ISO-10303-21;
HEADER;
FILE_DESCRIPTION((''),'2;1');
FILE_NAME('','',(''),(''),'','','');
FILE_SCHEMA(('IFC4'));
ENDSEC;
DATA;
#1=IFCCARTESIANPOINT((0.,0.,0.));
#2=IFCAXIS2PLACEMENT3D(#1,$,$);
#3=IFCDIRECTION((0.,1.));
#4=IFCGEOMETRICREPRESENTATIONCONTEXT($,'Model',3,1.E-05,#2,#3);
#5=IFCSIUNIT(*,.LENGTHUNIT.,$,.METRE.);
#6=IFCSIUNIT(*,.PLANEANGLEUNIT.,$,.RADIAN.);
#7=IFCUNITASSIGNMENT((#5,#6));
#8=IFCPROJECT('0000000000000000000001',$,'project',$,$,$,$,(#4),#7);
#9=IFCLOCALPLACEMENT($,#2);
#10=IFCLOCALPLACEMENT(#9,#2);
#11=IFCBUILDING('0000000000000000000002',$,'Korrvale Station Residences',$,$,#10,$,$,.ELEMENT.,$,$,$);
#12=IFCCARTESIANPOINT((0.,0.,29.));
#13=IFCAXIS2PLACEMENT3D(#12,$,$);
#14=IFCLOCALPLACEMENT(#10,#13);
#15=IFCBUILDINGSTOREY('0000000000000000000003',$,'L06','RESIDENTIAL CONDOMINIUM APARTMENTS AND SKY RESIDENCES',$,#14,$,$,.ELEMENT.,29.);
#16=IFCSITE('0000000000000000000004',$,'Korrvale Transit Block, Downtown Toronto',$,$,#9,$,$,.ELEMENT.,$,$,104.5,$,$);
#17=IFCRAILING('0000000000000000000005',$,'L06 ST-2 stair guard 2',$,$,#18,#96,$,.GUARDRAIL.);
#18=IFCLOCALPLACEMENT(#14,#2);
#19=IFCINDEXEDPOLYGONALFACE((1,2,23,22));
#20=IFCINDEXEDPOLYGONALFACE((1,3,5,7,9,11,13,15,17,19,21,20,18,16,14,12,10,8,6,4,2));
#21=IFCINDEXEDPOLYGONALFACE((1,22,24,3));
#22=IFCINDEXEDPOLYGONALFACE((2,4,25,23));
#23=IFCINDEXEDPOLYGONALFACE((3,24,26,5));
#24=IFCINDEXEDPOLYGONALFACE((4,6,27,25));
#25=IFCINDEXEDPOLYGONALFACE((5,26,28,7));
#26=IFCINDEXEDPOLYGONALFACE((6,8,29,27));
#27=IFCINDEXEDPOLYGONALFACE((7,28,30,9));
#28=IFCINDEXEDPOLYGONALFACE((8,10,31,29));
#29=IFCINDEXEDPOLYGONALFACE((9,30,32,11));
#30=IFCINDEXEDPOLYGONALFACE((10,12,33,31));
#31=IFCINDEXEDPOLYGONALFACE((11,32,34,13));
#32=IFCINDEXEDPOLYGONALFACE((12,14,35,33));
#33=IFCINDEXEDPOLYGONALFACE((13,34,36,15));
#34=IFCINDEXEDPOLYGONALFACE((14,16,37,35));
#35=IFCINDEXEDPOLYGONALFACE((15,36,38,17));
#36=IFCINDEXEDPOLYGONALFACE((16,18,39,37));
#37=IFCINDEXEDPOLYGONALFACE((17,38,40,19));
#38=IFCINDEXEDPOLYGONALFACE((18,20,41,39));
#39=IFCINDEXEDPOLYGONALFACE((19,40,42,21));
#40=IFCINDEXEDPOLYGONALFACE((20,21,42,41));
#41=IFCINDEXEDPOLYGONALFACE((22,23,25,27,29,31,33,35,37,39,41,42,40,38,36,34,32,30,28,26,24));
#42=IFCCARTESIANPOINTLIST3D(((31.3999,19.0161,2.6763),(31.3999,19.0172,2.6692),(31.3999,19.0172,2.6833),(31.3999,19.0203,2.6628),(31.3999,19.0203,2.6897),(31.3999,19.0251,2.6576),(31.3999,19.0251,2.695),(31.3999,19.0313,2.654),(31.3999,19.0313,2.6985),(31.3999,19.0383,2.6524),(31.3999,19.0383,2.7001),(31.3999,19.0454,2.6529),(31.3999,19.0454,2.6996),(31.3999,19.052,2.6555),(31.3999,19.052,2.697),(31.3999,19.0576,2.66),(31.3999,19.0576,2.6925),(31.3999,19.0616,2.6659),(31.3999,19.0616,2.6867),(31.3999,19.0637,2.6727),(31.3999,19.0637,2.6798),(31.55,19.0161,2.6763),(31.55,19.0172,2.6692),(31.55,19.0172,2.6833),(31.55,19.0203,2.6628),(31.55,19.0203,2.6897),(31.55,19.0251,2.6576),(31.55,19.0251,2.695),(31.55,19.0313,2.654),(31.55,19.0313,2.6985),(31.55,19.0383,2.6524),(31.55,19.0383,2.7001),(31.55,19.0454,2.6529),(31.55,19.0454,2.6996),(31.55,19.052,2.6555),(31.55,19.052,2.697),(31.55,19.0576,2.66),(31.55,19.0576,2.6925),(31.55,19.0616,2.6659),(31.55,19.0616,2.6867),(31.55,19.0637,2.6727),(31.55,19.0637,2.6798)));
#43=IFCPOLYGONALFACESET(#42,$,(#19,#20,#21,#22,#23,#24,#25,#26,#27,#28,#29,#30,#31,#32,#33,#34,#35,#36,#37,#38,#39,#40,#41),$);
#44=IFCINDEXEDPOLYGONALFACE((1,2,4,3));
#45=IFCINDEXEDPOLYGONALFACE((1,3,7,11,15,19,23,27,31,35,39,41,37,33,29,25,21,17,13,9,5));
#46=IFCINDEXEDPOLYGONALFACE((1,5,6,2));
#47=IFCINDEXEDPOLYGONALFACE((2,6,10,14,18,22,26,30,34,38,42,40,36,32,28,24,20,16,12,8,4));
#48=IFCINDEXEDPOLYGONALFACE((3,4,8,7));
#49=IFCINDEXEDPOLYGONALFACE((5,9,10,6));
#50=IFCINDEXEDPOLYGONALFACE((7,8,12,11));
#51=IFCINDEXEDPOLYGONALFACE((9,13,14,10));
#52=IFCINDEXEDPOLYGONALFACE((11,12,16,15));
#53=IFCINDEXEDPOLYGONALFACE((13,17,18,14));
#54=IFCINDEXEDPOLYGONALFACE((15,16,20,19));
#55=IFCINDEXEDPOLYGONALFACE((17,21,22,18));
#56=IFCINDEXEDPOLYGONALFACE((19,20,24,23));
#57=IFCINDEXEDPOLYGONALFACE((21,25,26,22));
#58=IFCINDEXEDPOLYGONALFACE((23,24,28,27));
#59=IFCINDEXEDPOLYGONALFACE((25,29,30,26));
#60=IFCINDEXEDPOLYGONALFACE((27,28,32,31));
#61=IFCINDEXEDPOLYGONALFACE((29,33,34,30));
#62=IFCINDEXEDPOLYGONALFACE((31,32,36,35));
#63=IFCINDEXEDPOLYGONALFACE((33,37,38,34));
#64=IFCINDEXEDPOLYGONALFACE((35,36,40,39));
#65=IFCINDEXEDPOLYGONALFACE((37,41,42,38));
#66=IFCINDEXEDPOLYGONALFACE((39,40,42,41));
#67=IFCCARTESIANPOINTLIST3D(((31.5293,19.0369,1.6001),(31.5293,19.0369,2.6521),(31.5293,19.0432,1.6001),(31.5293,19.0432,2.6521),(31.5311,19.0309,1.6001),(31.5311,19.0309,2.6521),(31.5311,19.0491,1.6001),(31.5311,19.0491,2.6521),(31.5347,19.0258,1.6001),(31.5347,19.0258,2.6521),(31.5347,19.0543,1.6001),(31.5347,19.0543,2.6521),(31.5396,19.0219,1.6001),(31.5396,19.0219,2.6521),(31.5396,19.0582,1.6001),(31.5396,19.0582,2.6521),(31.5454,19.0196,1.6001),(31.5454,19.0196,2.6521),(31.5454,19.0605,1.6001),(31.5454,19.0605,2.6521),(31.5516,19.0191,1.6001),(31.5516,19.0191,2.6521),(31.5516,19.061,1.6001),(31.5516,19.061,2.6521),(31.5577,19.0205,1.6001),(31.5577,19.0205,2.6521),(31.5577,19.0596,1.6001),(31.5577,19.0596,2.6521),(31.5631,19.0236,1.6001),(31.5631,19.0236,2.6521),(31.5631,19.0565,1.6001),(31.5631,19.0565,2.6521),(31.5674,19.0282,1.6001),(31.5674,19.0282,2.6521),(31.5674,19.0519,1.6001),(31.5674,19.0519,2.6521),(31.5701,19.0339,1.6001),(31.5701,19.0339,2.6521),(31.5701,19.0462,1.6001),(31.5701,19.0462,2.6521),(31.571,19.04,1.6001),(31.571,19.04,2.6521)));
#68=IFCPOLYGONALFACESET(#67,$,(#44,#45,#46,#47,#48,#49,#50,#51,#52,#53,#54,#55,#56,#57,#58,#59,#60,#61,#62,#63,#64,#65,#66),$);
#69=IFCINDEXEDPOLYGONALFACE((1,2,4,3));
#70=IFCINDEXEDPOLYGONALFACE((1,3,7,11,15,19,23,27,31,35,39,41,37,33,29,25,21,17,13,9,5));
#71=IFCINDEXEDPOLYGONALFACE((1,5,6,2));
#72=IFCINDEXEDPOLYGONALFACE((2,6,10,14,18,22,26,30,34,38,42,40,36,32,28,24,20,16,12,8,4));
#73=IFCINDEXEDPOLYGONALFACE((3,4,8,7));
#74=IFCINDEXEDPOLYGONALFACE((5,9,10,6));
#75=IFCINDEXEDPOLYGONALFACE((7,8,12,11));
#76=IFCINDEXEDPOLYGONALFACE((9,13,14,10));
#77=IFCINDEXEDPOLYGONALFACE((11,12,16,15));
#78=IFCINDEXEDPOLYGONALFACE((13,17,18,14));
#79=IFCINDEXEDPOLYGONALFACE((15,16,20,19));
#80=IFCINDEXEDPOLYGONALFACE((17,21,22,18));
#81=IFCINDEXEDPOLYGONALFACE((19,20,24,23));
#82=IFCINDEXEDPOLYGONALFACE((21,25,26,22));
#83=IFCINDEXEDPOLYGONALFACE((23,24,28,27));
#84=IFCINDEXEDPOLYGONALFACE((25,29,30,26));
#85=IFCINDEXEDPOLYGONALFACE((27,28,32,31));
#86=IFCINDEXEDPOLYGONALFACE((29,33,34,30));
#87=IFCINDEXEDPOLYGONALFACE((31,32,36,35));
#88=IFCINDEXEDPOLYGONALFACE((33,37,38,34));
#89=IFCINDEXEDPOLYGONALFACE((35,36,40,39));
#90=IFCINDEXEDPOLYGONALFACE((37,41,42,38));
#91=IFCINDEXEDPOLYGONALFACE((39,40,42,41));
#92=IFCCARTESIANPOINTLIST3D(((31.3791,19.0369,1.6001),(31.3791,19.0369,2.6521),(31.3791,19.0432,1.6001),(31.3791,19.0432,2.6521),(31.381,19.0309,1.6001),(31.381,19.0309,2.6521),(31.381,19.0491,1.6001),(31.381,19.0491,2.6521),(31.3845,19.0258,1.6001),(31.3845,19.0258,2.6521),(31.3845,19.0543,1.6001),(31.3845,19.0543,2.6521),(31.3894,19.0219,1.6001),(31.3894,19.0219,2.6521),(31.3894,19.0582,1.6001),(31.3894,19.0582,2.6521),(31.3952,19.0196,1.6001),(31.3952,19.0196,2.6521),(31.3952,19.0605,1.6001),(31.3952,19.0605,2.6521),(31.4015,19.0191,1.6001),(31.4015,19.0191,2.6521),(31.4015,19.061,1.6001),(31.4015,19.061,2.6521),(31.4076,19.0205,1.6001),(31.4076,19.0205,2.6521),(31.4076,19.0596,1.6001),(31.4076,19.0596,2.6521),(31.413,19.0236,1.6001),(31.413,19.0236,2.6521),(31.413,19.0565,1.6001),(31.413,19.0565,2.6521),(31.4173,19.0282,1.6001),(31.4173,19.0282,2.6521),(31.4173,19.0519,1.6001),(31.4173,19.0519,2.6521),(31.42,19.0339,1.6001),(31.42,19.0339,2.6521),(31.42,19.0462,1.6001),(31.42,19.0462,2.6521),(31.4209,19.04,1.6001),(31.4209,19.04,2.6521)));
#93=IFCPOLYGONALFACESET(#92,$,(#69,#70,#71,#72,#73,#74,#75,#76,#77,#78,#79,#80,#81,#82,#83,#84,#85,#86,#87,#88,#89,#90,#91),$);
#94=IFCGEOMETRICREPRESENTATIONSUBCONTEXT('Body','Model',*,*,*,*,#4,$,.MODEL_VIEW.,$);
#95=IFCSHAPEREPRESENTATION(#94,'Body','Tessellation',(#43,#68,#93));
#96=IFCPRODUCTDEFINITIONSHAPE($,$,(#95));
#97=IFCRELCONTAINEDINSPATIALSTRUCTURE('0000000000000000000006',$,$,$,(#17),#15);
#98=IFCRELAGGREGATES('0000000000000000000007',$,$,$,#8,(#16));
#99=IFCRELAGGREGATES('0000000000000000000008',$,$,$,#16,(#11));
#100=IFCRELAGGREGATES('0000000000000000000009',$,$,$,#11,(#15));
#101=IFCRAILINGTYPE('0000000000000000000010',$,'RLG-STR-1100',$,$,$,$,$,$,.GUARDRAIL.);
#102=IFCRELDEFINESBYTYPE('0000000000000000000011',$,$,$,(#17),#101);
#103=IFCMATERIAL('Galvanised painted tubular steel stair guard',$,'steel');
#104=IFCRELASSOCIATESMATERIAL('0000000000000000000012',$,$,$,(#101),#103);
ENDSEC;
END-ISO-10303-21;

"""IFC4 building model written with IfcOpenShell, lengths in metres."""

from ifc_helpers import new_model, si_unit, direction, frame, origin, origin_2d, place, context, subcontext, project, spatial, circle, extrude, material, type_object, element, save


model = new_model("IFC4")

# Units and contexts
model_context = context("Model", 3, precision=1e-05, world=origin(), true_north=direction((0.0, 1.0)))
body_context = subcontext(model_context, "Body", "Model", "MODEL_VIEW")
ifc_project = project(units=[si_unit("LENGTHUNIT", "METRE"), si_unit("PLANEANGLEUNIT", "RADIAN")], contexts=[model_context])

# Site, building, storey
site_placement = place(None, origin())
site = spatial("IfcSite", under=ifc_project, at=site_placement, Name="Korrvale Transit Block, Downtown Toronto", CompositionType="ELEMENT", RefElevation=104.5)
building_placement = place(site_placement, origin())
building = spatial("IfcBuilding", under=site, at=building_placement, Name="Korrvale Station Residences", CompositionType="ELEMENT")
storey_placement = place(building_placement, frame((0.0, 0.0, 29.0)))
storey = spatial("IfcBuildingStorey", under=building, at=storey_placement, Name="L06", Description="RESIDENTIAL CONDOMINIUM APARTMENTS AND SKY RESIDENCES", CompositionType="ELEMENT", Elevation=29.0)

# Railing
ifc_material_1 = material(Name="Galvanised painted tubular steel stair guard", Category="steel")
railing_type_1 = type_object("IfcRailingType", Name="RLG-STR-1100", PredefinedType="GUARDRAIL", material=ifc_material_1)
railing_1_placement = place(storey_placement, frame((31.55, 19.04, 1.6001)))
element("IfcRailing", 1, at=railing_1_placement, inside=storey, type_object=railing_type_1, Name="L06 ST-2 stair guard 2", PredefinedType="GUARDRAIL", context=body_context, shape_type="SweptSolid", body=[
    extrude(circle(Radius=0.0239, at=origin_2d()), frame((0.0, 0.0, 1.0762), z_axis=(-1.0, 0.0, 0.0), x_axis=(0.0, -1.0, 0.0)), (0.0, 0.0, 1.0), 0.1501),
    extrude(circle(Radius=0.021, at=origin_2d()), origin(), (0.0, 0.0, 1.0), 1.052),
    extrude(circle(Radius=0.021, at=origin_2d()), frame((-0.1501, 0.0, 0.0)), (0.0, 0.0, 1.0), 1.052),
])

save(model, "model.ifc")
